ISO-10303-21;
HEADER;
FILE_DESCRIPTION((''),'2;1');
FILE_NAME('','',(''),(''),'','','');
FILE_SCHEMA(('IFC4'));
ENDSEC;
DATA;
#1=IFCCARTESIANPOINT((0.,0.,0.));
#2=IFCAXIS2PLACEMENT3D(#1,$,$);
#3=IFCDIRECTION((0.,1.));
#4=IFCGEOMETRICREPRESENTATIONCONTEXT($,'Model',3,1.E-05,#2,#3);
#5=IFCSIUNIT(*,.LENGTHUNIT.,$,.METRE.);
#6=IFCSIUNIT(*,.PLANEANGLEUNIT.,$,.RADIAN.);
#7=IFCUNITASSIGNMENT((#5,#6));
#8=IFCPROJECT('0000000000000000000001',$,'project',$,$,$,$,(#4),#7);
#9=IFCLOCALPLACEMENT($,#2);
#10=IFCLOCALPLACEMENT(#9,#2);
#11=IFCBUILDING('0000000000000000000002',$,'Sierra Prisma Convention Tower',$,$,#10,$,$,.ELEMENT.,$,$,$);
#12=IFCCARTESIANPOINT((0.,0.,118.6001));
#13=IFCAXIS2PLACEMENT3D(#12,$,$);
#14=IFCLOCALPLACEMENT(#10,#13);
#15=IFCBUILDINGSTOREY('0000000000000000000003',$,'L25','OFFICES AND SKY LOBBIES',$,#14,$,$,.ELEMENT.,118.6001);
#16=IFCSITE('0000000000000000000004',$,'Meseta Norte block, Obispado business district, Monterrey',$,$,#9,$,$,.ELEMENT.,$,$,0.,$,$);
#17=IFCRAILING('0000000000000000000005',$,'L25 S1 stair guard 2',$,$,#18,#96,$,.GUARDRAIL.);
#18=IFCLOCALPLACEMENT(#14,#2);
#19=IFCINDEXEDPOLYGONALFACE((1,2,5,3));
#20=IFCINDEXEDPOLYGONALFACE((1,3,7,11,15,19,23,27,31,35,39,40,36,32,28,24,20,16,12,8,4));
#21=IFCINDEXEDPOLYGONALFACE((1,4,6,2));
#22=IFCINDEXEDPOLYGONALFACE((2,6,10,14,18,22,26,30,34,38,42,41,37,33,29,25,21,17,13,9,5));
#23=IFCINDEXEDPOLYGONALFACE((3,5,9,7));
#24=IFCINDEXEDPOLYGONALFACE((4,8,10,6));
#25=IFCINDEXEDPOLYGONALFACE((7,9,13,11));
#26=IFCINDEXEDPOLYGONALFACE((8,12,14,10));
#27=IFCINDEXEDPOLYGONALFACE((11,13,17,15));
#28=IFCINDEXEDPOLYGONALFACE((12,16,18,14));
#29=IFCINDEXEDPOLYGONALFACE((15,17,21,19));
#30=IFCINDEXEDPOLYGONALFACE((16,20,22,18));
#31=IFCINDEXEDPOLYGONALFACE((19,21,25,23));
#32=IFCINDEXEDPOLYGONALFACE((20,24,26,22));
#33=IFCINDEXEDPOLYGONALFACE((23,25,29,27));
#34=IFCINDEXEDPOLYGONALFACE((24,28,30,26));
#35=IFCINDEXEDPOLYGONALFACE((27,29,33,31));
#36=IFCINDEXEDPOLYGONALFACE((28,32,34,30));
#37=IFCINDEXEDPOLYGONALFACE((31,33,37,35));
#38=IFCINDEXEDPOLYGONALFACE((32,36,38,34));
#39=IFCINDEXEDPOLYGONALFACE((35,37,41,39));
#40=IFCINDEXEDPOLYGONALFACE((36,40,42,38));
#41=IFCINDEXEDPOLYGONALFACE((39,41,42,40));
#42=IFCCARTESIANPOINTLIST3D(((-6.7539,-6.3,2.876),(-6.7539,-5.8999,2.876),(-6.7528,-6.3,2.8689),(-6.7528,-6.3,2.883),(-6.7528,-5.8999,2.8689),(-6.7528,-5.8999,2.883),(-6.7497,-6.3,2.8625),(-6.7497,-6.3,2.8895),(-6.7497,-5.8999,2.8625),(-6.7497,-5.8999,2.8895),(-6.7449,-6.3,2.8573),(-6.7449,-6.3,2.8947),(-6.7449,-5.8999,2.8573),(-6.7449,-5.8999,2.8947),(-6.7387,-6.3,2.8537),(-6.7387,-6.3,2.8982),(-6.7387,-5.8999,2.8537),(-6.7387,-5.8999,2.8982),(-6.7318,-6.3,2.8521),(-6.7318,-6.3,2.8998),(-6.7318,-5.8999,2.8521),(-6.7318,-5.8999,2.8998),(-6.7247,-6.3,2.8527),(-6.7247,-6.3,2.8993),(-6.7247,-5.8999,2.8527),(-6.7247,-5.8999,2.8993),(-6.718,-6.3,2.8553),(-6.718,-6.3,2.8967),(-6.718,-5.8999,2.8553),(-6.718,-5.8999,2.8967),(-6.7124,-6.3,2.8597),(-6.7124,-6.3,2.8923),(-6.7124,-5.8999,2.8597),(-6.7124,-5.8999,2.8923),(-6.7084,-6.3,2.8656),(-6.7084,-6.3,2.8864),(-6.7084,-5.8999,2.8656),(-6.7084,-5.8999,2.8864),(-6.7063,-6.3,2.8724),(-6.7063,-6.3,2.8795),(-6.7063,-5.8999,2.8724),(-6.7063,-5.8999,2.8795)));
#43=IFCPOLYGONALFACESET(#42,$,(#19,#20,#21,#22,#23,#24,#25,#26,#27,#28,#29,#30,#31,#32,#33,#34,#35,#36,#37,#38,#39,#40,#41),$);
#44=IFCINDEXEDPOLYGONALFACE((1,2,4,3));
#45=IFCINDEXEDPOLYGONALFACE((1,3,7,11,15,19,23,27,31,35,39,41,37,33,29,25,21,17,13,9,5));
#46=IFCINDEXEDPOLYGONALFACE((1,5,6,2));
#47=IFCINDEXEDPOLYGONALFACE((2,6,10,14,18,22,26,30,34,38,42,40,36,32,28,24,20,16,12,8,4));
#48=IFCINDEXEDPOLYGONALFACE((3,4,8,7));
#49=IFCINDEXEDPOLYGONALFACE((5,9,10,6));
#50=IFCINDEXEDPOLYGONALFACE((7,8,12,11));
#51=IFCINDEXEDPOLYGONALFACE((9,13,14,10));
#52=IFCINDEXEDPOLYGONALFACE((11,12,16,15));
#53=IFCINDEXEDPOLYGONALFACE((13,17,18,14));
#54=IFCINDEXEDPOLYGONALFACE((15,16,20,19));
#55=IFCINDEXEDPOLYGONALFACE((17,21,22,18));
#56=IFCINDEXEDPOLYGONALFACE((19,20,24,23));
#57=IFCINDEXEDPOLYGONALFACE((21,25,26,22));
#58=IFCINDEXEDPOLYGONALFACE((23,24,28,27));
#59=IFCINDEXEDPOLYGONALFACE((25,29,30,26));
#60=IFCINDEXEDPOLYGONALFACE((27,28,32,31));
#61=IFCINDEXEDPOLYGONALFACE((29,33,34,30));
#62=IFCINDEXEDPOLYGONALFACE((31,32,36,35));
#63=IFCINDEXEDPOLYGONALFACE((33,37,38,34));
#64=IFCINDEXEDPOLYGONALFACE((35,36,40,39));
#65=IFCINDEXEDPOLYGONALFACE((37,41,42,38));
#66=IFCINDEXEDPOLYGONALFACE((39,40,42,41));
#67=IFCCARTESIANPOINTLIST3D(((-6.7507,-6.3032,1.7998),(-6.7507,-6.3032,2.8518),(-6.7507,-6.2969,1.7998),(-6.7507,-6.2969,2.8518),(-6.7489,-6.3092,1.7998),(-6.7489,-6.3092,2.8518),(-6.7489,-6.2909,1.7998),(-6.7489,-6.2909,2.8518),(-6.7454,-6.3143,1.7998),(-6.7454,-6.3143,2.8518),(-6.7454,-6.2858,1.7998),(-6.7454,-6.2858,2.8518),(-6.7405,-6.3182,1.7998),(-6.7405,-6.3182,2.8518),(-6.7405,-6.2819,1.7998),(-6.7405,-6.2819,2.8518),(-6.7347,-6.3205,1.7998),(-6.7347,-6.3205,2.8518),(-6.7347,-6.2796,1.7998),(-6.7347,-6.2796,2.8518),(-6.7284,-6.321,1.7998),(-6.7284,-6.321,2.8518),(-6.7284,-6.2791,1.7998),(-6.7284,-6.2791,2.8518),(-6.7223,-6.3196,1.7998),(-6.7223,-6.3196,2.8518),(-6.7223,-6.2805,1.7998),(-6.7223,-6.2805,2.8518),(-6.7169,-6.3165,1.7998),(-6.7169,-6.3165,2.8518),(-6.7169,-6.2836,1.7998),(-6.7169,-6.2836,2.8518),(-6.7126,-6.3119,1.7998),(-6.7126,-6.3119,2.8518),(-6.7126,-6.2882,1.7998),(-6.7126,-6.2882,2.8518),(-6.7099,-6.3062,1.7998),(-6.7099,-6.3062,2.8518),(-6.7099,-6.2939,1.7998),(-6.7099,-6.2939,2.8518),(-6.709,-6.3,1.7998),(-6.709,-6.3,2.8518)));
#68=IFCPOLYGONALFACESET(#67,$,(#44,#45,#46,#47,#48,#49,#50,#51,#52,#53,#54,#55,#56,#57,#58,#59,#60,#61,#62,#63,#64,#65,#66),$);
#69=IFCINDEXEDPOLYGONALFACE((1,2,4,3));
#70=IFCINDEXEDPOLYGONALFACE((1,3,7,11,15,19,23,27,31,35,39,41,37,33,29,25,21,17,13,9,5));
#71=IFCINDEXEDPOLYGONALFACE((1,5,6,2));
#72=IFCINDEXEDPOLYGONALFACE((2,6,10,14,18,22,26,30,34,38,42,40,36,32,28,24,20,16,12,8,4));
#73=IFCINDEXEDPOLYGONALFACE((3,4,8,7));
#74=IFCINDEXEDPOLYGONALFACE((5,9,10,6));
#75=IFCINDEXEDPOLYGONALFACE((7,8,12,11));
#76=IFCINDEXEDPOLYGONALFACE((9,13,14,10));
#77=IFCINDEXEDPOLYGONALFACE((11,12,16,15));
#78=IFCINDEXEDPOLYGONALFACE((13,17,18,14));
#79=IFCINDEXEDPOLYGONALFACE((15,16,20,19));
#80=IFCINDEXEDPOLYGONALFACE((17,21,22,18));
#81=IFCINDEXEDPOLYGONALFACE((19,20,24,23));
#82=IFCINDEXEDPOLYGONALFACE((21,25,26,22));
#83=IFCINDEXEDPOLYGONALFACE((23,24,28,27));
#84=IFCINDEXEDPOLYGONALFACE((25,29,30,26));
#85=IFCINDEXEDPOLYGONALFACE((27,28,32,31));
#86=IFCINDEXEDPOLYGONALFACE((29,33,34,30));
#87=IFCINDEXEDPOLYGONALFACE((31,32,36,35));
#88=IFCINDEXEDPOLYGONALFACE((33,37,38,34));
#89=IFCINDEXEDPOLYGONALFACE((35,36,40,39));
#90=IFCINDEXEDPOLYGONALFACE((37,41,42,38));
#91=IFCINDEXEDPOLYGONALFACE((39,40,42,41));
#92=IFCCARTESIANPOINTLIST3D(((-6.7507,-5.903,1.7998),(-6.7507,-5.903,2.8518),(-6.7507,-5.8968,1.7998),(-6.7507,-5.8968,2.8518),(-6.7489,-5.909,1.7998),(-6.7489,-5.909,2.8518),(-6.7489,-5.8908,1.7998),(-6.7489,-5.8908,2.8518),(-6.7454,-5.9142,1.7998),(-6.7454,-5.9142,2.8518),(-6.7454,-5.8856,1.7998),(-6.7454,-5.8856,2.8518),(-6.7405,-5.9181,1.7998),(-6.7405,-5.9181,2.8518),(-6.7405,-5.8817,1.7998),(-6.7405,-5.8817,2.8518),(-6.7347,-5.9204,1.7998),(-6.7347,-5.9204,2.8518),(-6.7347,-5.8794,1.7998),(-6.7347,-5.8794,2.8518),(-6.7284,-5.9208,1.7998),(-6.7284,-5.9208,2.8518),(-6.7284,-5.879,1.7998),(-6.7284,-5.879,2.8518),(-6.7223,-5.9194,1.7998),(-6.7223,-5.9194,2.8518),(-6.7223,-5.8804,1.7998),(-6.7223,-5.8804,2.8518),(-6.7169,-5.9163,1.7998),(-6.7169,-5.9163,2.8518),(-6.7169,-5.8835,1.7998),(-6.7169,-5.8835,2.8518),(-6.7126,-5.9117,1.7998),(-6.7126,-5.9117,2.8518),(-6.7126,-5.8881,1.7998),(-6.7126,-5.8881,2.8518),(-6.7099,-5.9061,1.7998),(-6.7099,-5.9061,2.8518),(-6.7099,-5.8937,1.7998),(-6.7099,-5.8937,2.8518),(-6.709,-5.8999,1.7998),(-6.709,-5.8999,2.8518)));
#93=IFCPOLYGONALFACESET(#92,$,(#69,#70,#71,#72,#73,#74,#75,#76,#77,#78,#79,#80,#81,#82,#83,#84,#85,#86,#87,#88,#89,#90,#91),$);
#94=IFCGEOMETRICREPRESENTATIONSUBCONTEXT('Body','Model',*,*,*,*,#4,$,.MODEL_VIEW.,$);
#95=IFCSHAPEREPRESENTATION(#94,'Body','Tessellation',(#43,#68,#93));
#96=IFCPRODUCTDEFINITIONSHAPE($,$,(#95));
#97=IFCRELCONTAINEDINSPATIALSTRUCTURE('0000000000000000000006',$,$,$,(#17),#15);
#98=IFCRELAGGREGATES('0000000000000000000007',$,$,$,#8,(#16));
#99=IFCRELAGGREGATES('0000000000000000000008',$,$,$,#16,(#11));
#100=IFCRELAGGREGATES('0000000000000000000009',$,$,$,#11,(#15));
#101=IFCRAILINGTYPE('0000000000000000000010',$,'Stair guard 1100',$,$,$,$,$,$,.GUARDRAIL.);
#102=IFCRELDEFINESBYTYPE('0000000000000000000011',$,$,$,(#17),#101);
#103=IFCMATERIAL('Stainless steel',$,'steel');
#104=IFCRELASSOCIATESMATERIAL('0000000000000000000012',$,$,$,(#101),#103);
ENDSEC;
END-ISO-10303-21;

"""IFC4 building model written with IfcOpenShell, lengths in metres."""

from ifc_helpers import new_model, si_unit, direction, frame, origin, origin_2d, place, context, subcontext, project, spatial, circle, extrude, material, type_object, element, save


model = new_model("IFC4")

# Units and contexts
model_context = context("Model", 3, precision=1e-05, world=origin(), true_north=direction((0.0, 1.0)))
body_context = subcontext(model_context, "Body", "Model", "MODEL_VIEW")
ifc_project = project(units=[si_unit("LENGTHUNIT", "METRE"), si_unit("PLANEANGLEUNIT", "RADIAN")], contexts=[model_context])

# Site, building, storey
site_placement = place(None, origin())
site = spatial("IfcSite", under=ifc_project, at=site_placement, Name="Meseta Norte block, Obispado business district, Monterrey", CompositionType="ELEMENT", RefElevation=0.0)
building_placement = place(site_placement, origin())
building = spatial("IfcBuilding", under=site, at=building_placement, Name="Sierra Prisma Convention Tower", CompositionType="ELEMENT")
storey_placement = place(building_placement, frame((0.0, 0.0, 118.6001)))
storey = spatial("IfcBuildingStorey", under=building, at=storey_placement, Name="L25", Description="OFFICES AND SKY LOBBIES", CompositionType="ELEMENT", Elevation=118.6001)

# Railing
ifc_material_1 = material(Name="Stainless steel", Category="steel")
railing_type_1 = type_object("IfcRailingType", Name="Stair guard 1100", PredefinedType="GUARDRAIL", material=ifc_material_1)
railing_1_placement = place(storey_placement, frame((-6.73, -6.3, 1.7998)))
element("IfcRailing", 1, at=railing_1_placement, inside=storey, type_object=railing_type_1, Name="L25 S1 stair guard 2", PredefinedType="GUARDRAIL", context=body_context, shape_type="SweptSolid", body=[
    extrude(circle(Radius=0.0239, at=origin_2d()), frame((0.0, 0.0, 1.0762), z_axis=(0.0, 1.0, 0.0), x_axis=(-1.0, 0.0, 0.0)), (0.0, 0.0, 1.0), 0.4001),
    extrude(circle(Radius=0.021, at=origin_2d()), origin(), (0.0, 0.0, 1.0), 1.052),
    extrude(circle(Radius=0.021, at=origin_2d()), frame((0.0, 0.4001, 0.0)), (0.0, 0.0, 1.0), 1.052),
])

save(model, "model.ifc")
